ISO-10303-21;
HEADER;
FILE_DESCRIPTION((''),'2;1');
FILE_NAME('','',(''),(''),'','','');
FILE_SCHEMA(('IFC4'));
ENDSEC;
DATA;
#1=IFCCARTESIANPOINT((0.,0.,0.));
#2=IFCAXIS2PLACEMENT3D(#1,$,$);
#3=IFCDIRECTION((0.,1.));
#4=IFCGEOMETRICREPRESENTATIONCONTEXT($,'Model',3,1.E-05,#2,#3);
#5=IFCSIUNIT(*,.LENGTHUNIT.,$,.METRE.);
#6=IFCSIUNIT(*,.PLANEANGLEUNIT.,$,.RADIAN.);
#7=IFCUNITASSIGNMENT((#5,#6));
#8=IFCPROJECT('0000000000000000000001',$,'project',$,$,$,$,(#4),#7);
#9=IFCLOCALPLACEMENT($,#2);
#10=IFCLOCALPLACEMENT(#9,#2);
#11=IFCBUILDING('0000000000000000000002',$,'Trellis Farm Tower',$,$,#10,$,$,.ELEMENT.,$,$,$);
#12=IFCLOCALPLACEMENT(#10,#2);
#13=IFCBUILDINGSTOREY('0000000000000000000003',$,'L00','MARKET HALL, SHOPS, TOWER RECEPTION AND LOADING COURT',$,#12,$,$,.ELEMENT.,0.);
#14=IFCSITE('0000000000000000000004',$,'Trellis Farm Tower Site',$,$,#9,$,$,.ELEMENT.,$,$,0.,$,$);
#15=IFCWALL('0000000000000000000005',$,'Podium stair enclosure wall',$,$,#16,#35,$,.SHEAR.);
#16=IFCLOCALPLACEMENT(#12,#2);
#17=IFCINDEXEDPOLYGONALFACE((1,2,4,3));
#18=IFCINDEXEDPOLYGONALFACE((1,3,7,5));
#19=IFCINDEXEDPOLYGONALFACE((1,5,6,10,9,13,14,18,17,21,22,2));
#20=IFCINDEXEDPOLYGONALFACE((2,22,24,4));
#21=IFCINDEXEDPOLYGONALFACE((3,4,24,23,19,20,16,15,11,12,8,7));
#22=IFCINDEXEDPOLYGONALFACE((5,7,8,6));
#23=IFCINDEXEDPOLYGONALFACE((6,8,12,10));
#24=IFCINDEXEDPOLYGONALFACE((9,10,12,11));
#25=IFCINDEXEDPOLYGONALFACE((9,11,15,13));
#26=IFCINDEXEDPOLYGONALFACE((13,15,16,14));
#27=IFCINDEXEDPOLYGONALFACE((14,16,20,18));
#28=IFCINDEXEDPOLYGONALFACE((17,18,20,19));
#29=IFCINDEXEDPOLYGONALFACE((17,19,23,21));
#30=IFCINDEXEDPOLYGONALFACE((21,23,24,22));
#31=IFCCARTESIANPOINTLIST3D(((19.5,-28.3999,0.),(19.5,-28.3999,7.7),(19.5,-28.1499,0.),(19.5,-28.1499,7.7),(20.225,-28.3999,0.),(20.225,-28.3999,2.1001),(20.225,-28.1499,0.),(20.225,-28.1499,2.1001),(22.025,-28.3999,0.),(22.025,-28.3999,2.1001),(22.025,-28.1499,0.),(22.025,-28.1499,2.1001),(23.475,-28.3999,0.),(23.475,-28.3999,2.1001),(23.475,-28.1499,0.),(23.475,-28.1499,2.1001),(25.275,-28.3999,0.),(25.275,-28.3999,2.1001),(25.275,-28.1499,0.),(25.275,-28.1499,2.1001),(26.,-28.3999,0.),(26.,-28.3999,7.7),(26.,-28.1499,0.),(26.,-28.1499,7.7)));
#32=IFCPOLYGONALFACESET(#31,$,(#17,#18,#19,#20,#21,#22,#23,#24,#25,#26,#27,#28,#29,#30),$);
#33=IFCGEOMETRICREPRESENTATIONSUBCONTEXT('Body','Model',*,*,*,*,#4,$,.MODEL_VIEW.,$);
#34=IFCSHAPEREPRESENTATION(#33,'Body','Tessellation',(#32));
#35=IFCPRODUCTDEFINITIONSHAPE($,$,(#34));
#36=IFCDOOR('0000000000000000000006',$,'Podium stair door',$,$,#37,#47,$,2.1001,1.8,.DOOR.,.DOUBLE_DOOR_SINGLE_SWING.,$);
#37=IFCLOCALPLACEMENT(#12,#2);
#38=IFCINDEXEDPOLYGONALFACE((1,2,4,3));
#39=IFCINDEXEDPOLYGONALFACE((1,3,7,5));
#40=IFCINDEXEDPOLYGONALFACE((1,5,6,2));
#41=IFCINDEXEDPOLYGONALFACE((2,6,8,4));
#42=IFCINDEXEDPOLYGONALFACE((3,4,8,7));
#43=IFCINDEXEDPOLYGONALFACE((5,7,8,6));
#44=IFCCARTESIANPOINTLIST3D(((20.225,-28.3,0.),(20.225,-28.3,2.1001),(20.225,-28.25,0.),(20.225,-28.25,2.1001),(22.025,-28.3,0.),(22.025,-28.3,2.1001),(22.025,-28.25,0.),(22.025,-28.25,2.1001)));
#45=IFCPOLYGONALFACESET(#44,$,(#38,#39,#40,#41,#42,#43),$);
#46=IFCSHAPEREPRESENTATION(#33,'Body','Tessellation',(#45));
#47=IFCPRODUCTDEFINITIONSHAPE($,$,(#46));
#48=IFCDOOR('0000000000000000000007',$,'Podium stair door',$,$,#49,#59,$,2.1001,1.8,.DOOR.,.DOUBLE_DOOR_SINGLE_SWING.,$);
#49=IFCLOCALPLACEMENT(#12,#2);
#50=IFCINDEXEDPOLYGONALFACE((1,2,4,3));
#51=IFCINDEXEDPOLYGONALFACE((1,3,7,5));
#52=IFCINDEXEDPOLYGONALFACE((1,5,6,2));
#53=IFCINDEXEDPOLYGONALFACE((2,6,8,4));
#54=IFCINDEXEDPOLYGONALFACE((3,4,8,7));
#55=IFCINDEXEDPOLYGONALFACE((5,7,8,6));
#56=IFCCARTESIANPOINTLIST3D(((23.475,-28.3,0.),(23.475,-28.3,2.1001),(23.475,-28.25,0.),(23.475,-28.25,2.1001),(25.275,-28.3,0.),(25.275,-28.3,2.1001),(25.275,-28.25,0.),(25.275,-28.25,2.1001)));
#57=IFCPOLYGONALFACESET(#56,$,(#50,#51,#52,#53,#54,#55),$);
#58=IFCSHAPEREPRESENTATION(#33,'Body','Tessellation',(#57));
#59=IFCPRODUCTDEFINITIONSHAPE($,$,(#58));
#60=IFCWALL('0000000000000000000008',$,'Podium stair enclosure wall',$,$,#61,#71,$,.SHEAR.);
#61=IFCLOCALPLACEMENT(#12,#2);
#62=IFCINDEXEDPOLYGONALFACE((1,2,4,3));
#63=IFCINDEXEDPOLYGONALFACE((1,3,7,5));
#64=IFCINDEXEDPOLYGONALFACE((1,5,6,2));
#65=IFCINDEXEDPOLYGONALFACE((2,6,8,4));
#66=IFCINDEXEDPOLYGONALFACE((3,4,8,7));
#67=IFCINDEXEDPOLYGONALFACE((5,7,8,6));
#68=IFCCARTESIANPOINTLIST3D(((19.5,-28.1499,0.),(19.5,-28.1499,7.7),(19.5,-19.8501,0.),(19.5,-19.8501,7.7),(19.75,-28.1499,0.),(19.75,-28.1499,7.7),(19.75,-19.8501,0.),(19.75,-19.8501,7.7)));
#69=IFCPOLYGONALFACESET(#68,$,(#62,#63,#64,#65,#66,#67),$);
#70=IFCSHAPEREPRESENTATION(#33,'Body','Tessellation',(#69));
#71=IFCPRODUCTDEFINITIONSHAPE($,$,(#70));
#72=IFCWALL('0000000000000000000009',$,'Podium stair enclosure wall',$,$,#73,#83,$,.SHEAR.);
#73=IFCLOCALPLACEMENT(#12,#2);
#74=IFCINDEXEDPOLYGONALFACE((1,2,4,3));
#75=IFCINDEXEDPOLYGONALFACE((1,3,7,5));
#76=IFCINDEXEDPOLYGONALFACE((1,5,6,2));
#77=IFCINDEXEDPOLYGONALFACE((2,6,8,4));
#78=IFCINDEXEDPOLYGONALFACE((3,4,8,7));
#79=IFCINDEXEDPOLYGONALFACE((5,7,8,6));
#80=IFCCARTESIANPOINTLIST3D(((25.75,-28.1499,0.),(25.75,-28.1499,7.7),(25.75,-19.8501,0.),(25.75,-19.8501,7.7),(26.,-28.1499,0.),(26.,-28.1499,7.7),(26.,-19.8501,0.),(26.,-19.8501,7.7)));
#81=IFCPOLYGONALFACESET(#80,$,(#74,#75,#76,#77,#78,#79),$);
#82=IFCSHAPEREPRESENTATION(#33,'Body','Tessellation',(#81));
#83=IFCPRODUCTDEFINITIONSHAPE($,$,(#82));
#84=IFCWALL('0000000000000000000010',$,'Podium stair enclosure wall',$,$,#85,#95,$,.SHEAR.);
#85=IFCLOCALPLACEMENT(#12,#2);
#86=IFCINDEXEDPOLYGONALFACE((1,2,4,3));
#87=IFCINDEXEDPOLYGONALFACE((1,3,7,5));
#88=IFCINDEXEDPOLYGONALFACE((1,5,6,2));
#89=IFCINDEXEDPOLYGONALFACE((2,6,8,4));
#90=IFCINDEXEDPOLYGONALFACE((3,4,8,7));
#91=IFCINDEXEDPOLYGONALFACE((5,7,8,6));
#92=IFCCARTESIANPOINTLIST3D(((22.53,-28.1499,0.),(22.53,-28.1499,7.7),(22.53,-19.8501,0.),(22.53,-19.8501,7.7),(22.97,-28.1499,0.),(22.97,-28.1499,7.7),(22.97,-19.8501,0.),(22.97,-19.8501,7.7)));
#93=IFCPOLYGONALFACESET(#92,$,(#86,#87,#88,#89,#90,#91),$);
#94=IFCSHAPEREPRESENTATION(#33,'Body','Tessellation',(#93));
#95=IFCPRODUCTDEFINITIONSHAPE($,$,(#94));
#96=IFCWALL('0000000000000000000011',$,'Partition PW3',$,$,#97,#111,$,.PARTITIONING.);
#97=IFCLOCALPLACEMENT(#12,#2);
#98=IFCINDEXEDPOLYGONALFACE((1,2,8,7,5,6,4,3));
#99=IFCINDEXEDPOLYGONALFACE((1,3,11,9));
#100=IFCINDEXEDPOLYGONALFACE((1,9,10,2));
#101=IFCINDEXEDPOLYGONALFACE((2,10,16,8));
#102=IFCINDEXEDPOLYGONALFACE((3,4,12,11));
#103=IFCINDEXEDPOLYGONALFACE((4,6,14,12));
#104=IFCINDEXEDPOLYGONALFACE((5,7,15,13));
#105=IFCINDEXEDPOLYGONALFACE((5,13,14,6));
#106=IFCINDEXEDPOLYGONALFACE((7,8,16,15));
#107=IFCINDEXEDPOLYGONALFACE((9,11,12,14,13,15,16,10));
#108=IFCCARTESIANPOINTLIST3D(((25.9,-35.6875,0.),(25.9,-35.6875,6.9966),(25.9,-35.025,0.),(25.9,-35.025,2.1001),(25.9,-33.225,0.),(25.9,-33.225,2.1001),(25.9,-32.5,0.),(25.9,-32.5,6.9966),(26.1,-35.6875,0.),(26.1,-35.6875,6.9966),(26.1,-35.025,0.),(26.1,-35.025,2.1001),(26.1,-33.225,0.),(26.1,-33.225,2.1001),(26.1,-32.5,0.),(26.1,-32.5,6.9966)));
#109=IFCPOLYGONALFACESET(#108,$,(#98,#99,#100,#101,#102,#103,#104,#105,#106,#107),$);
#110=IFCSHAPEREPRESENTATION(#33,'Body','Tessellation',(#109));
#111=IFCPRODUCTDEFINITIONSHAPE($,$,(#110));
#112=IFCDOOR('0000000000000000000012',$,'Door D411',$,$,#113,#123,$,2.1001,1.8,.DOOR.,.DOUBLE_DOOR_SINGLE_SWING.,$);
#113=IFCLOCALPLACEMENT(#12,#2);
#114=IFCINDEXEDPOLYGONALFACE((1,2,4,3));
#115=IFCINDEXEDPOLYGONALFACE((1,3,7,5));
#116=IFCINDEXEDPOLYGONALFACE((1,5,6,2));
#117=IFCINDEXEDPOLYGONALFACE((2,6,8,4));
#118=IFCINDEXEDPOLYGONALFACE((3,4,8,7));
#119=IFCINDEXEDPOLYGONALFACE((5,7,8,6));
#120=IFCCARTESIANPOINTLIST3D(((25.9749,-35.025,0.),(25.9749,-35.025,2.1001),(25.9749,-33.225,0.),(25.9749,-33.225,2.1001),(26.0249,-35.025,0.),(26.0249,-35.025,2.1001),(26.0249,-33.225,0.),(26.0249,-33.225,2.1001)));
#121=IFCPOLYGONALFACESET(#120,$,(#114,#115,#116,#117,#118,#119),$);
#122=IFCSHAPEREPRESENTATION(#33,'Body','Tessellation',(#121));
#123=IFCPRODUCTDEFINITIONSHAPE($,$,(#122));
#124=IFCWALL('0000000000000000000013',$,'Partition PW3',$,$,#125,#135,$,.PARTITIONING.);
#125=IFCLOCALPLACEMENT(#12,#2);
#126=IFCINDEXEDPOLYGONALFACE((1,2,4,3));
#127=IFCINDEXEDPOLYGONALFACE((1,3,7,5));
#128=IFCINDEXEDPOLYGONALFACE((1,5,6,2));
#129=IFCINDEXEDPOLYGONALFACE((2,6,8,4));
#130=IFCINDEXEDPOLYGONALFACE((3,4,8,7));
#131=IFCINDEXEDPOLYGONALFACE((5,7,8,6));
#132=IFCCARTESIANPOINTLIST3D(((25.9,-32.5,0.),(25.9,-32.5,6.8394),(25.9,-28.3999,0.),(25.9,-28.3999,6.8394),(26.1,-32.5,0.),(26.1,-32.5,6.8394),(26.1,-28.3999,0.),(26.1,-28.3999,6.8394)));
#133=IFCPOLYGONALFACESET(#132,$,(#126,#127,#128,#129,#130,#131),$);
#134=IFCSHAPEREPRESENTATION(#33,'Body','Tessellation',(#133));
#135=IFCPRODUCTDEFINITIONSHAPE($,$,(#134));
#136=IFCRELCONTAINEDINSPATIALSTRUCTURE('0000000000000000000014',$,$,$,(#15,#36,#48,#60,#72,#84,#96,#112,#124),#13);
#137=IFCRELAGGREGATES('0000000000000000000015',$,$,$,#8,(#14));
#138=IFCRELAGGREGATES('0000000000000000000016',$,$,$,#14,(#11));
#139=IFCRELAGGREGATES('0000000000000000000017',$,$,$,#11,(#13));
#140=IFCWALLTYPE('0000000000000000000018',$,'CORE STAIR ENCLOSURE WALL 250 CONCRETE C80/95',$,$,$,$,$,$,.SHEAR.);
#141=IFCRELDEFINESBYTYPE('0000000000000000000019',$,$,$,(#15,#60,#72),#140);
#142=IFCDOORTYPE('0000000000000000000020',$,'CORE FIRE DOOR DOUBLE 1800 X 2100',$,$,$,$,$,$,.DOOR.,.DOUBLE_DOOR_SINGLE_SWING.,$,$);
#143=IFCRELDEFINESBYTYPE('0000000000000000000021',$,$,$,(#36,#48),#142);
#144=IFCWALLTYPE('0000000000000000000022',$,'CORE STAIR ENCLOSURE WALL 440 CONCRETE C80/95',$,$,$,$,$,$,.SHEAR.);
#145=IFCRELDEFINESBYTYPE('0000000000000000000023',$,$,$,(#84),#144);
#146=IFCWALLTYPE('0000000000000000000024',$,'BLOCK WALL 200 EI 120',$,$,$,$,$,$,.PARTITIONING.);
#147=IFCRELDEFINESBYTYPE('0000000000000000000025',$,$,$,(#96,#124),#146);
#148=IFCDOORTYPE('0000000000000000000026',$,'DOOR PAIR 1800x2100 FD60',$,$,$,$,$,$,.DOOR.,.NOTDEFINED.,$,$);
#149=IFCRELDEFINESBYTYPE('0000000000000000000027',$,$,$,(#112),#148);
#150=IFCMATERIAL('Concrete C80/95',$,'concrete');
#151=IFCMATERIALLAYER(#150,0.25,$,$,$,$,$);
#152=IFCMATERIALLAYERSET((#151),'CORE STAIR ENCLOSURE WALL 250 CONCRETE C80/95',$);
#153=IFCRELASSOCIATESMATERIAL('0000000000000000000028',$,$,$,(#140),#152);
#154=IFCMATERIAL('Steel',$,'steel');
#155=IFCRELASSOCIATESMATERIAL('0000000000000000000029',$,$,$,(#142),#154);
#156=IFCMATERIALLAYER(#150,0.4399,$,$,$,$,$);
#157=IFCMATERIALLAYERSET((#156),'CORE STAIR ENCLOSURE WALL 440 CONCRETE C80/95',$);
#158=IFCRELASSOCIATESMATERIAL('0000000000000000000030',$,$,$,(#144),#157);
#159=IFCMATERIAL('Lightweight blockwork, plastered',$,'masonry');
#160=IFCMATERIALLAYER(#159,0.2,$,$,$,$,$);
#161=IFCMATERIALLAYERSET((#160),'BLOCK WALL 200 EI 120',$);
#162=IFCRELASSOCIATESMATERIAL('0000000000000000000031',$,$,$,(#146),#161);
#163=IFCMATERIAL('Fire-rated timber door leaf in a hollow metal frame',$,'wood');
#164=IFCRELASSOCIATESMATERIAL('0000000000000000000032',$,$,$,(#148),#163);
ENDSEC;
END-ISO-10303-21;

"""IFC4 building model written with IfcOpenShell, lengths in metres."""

from ifc_helpers import new_model, si_unit, direction, frame, frame_2d, origin, place, context, subcontext, project, spatial, rectangle, extrude, source, transform, mapped, material, layer, layer_set, type_object, element, fill, save


model = new_model("IFC4")

# Units and contexts
model_context = context("Model", 3, precision=1e-05, world=origin(), true_north=direction((0.0, 1.0)))
body_context = subcontext(model_context, "Body", "Model", "MODEL_VIEW")
ifc_project = project(units=[si_unit("LENGTHUNIT", "METRE"), si_unit("PLANEANGLEUNIT", "RADIAN")], contexts=[model_context])

# Site, building, storey
site_placement = place(None, origin())
site = spatial("IfcSite", under=ifc_project, at=site_placement, Name="Trellis Farm Tower Site", CompositionType="ELEMENT", RefElevation=0.0)
building_placement = place(site_placement, origin())
building = spatial("IfcBuilding", under=site, at=building_placement, Name="Trellis Farm Tower", CompositionType="ELEMENT")
storey_placement = place(building_placement, origin())
storey = spatial("IfcBuildingStorey", under=building, at=storey_placement, Name="L00", Description="MARKET HALL, SHOPS, TOWER RECEPTION AND LOADING COURT", CompositionType="ELEMENT", Elevation=0.0)

# Wall, openings, doors
ifc_material_1 = material(Name="Concrete C80/95", Category="concrete")
ifc_layer_1 = layer(ifc_material_1, 0.25)
ifc_layer_set_1 = layer_set([ifc_layer_1], Name="CORE STAIR ENCLOSURE WALL 250 CONCRETE C80/95")
wall_type_1 = type_object("IfcWallType", Name="CORE STAIR ENCLOSURE WALL 250 CONCRETE C80/95", PredefinedType="SHEAR", material=ifc_layer_set_1)
shared_shape_1 = source(origin(), body_context, "Body", "SweptSolid", [
    extrude(rectangle(XDim=6.5, YDim=0.25, at=frame_2d((3.25, 0.0))), origin(), (0.0, 0.0, 1.0), 7.7),
])
wall_1_placement = place(storey_placement, frame((19.5, -28.2749, 0.0), z_axis=(0.0, 0.0, 1.0), x_axis=(1.0, 0.0, 0.0)))
wall_1 = element("IfcWall", 1, at=wall_1_placement, inside=storey, type_object=wall_type_1, Name="Podium stair enclosure wall", PredefinedType="SHEAR", context=body_context, shape_type="MappedRepresentation", body=[
    mapped(shared_shape_1, transform((0.0, 0.0, 0.0))),
])
shared_shape_2 = source(origin(), body_context, "Body", "SweptSolid", [
    extrude(rectangle(XDim=1.8, YDim=2.1001, at=frame_2d((0.8999, 1.05))), frame((0.0, 0.135, 0.0), z_axis=(0.0, -1.0, 0.0), x_axis=(1.0, 0.0, 0.0)), (0.0, 0.0, 1.0), 0.27),
])
opening_1_placement = place(wall_1_placement, frame((0.7251, 0.0, 0.0)))
opening_1 = element("IfcOpeningElement", 2, at=opening_1_placement, cuts=wall_1, PredefinedType="OPENING", context=body_context, shape_type="MappedRepresentation", body=[
    mapped(shared_shape_2, transform((0.0, 0.0, 0.0))),
])
opening_2_placement = place(wall_1_placement, frame((3.9751, 0.0, 0.0)))
opening_2 = element("IfcOpeningElement", 3, at=opening_2_placement, cuts=wall_1, PredefinedType="OPENING", context=body_context, shape_type="MappedRepresentation", body=[
    mapped(shared_shape_2, transform((0.0, 0.0, 0.0))),
])
ifc_material_2 = material(Name="Steel", Category="steel")
door_type_1 = type_object("IfcDoorType", Name="CORE FIRE DOOR DOUBLE 1800 X 2100", OperationType="DOUBLE_DOOR_SINGLE_SWING", PredefinedType="DOOR", material=ifc_material_2)
shared_shape_3 = source(origin(), body_context, "Body", "SweptSolid", [
    extrude(rectangle(XDim=1.8, YDim=2.1001, at=frame_2d((0.8999, 1.05))), frame((0.0, 0.0249, 0.0), z_axis=(0.0, -1.0, 0.0), x_axis=(1.0, 0.0, 0.0)), (0.0, 0.0, 1.0), 0.05),
])
door_1_placement = place(opening_1_placement, origin())
door_1 = element("IfcDoor", 4, at=door_1_placement, inside=storey, type_object=door_type_1, Name="Podium stair door", OperationType="DOUBLE_DOOR_SINGLE_SWING", OverallHeight=2.1001, OverallWidth=1.8, PredefinedType="DOOR", context=body_context, shape_type="MappedRepresentation", body=[
    mapped(shared_shape_3, transform((0.0, 0.0, 0.0))),
])
fill(opening_1, door_1)
door_2_placement = place(opening_2_placement, origin())
door_2 = element("IfcDoor", 5, at=door_2_placement, inside=storey, type_object=door_type_1, Name="Podium stair door", OperationType="DOUBLE_DOOR_SINGLE_SWING", OverallHeight=2.1001, OverallWidth=1.8, PredefinedType="DOOR", context=body_context, shape_type="MappedRepresentation", body=[
    mapped(shared_shape_3, transform((0.0, 0.0, 0.0))),
])
fill(opening_2, door_2)

# Walls
shared_shape_4 = source(origin(), body_context, "Body", "SweptSolid", [
    extrude(rectangle(XDim=8.2998, YDim=0.25, at=frame_2d((4.1499, 0.0))), origin(), (0.0, 0.0, 1.0), 7.7),
])
for number, where, z_axis, x_axis, name in (
    (6, (19.625, -28.1499, 0.0), (0.0, 0.0, 1.0), (0.0, 1.0, 0.0), "Podium stair enclosure wall"),
    (7, (25.875, -28.1499, 0.0), (0.0, 0.0, 1.0), (0.0, 1.0, 0.0), "Podium stair enclosure wall"),
):
    element("IfcWall", number, at=place(storey_placement, frame(where, z_axis=z_axis, x_axis=x_axis)), inside=storey, type_object=wall_type_1, Name=name, PredefinedType="SHEAR", context=body_context, shape_type="MappedRepresentation", body=[
        mapped(shared_shape_4, transform((0.0, 0.0, 0.0))),
    ])
ifc_layer_2 = layer(ifc_material_1, 0.4399)
ifc_layer_set_2 = layer_set([ifc_layer_2], Name="CORE STAIR ENCLOSURE WALL 440 CONCRETE C80/95")
wall_type_2 = type_object("IfcWallType", Name="CORE STAIR ENCLOSURE WALL 440 CONCRETE C80/95", PredefinedType="SHEAR", material=ifc_layer_set_2)
shared_shape_5 = source(origin(), body_context, "Body", "SweptSolid", [
    extrude(rectangle(XDim=8.2998, YDim=0.4399, at=frame_2d((4.1499, 0.0))), origin(), (0.0, 0.0, 1.0), 7.7),
])
wall_2_placement = place(storey_placement, frame((22.75, -28.1499, 0.0), z_axis=(0.0, 0.0, 1.0), x_axis=(0.0, 1.0, 0.0)))
element("IfcWall", 8, at=wall_2_placement, inside=storey, type_object=wall_type_2, Name="Podium stair enclosure wall", PredefinedType="SHEAR", context=body_context, shape_type="MappedRepresentation", body=[
    mapped(shared_shape_5, transform((0.0, 0.0, 0.0))),
])

# Wall, opening, door
ifc_material_3 = material(Name="Lightweight blockwork, plastered", Category="masonry")
ifc_layer_3 = layer(ifc_material_3, 0.2)
ifc_layer_set_3 = layer_set([ifc_layer_3], Name="BLOCK WALL 200 EI 120")
wall_type_3 = type_object("IfcWallType", Name="BLOCK WALL 200 EI 120", PredefinedType="PARTITIONING", material=ifc_layer_set_3)
shared_shape_6 = source(origin(), body_context, "Body", "SweptSolid", [
    extrude(rectangle(XDim=3.1875, YDim=0.2, at=frame_2d((1.5938, 0.0))), origin(), (0.0, 0.0, 1.0), 6.9966),
])
wall_3_placement = place(storey_placement, frame((26.0, -32.5, 0.0), z_axis=(0.0, 0.0, 1.0), x_axis=(0.0, -1.0, 0.0)))
wall_3 = element("IfcWall", 9, at=wall_3_placement, inside=storey, type_object=wall_type_3, Name="Partition PW3", PredefinedType="PARTITIONING", context=body_context, shape_type="MappedRepresentation", body=[
    mapped(shared_shape_6, transform((0.0, 0.0, 0.0))),
])
shared_shape_7 = source(origin(), body_context, "Body", "SweptSolid", [
    extrude(rectangle(XDim=1.8, YDim=2.1001, at=frame_2d((0.8999, 1.05))), frame((0.0, 0.1101, 0.0), z_axis=(0.0, -1.0, 0.0), x_axis=(1.0, 0.0, 0.0)), (0.0, 0.0, 1.0), 0.2202),
])
opening_3_placement = place(wall_3_placement, frame((0.7251, 0.0, 0.0)))
opening_3 = element("IfcOpeningElement", 10, at=opening_3_placement, cuts=wall_3, PredefinedType="OPENING", context=body_context, shape_type="MappedRepresentation", body=[
    mapped(shared_shape_7, transform((0.0, 0.0, 0.0))),
])
ifc_material_4 = material(Name="Fire-rated timber door leaf in a hollow metal frame", Category="wood")
door_type_2 = type_object("IfcDoorType", Name="DOOR PAIR 1800x2100 FD60", OperationType="NOTDEFINED", PredefinedType="DOOR", material=ifc_material_4)
door_3_placement = place(opening_3_placement, origin())
door_3 = element("IfcDoor", 11, at=door_3_placement, inside=storey, type_object=door_type_2, Name="Door D411", OperationType="DOUBLE_DOOR_SINGLE_SWING", OverallHeight=2.1001, OverallWidth=1.8, PredefinedType="DOOR", context=body_context, shape_type="MappedRepresentation", body=[
    mapped(shared_shape_3, transform((0.0, 0.0, 0.0))),
])
fill(opening_3, door_3)

# Wall
shared_shape_8 = source(origin(), body_context, "Body", "SweptSolid", [
    extrude(rectangle(XDim=4.1001, YDim=0.2, at=frame_2d((2.05, 0.0))), origin(), (0.0, 0.0, 1.0), 6.8394),
])
wall_4_placement = place(storey_placement, frame((26.0, -32.5, 0.0), z_axis=(0.0, 0.0, 1.0), x_axis=(0.0, 1.0, 0.0)))
element("IfcWall", 12, at=wall_4_placement, inside=storey, type_object=wall_type_3, Name="Partition PW3", PredefinedType="PARTITIONING", context=body_context, shape_type="MappedRepresentation", body=[
    mapped(shared_shape_8, transform((0.0, 0.0, 0.0))),
])

save(model, "model.ifc")
